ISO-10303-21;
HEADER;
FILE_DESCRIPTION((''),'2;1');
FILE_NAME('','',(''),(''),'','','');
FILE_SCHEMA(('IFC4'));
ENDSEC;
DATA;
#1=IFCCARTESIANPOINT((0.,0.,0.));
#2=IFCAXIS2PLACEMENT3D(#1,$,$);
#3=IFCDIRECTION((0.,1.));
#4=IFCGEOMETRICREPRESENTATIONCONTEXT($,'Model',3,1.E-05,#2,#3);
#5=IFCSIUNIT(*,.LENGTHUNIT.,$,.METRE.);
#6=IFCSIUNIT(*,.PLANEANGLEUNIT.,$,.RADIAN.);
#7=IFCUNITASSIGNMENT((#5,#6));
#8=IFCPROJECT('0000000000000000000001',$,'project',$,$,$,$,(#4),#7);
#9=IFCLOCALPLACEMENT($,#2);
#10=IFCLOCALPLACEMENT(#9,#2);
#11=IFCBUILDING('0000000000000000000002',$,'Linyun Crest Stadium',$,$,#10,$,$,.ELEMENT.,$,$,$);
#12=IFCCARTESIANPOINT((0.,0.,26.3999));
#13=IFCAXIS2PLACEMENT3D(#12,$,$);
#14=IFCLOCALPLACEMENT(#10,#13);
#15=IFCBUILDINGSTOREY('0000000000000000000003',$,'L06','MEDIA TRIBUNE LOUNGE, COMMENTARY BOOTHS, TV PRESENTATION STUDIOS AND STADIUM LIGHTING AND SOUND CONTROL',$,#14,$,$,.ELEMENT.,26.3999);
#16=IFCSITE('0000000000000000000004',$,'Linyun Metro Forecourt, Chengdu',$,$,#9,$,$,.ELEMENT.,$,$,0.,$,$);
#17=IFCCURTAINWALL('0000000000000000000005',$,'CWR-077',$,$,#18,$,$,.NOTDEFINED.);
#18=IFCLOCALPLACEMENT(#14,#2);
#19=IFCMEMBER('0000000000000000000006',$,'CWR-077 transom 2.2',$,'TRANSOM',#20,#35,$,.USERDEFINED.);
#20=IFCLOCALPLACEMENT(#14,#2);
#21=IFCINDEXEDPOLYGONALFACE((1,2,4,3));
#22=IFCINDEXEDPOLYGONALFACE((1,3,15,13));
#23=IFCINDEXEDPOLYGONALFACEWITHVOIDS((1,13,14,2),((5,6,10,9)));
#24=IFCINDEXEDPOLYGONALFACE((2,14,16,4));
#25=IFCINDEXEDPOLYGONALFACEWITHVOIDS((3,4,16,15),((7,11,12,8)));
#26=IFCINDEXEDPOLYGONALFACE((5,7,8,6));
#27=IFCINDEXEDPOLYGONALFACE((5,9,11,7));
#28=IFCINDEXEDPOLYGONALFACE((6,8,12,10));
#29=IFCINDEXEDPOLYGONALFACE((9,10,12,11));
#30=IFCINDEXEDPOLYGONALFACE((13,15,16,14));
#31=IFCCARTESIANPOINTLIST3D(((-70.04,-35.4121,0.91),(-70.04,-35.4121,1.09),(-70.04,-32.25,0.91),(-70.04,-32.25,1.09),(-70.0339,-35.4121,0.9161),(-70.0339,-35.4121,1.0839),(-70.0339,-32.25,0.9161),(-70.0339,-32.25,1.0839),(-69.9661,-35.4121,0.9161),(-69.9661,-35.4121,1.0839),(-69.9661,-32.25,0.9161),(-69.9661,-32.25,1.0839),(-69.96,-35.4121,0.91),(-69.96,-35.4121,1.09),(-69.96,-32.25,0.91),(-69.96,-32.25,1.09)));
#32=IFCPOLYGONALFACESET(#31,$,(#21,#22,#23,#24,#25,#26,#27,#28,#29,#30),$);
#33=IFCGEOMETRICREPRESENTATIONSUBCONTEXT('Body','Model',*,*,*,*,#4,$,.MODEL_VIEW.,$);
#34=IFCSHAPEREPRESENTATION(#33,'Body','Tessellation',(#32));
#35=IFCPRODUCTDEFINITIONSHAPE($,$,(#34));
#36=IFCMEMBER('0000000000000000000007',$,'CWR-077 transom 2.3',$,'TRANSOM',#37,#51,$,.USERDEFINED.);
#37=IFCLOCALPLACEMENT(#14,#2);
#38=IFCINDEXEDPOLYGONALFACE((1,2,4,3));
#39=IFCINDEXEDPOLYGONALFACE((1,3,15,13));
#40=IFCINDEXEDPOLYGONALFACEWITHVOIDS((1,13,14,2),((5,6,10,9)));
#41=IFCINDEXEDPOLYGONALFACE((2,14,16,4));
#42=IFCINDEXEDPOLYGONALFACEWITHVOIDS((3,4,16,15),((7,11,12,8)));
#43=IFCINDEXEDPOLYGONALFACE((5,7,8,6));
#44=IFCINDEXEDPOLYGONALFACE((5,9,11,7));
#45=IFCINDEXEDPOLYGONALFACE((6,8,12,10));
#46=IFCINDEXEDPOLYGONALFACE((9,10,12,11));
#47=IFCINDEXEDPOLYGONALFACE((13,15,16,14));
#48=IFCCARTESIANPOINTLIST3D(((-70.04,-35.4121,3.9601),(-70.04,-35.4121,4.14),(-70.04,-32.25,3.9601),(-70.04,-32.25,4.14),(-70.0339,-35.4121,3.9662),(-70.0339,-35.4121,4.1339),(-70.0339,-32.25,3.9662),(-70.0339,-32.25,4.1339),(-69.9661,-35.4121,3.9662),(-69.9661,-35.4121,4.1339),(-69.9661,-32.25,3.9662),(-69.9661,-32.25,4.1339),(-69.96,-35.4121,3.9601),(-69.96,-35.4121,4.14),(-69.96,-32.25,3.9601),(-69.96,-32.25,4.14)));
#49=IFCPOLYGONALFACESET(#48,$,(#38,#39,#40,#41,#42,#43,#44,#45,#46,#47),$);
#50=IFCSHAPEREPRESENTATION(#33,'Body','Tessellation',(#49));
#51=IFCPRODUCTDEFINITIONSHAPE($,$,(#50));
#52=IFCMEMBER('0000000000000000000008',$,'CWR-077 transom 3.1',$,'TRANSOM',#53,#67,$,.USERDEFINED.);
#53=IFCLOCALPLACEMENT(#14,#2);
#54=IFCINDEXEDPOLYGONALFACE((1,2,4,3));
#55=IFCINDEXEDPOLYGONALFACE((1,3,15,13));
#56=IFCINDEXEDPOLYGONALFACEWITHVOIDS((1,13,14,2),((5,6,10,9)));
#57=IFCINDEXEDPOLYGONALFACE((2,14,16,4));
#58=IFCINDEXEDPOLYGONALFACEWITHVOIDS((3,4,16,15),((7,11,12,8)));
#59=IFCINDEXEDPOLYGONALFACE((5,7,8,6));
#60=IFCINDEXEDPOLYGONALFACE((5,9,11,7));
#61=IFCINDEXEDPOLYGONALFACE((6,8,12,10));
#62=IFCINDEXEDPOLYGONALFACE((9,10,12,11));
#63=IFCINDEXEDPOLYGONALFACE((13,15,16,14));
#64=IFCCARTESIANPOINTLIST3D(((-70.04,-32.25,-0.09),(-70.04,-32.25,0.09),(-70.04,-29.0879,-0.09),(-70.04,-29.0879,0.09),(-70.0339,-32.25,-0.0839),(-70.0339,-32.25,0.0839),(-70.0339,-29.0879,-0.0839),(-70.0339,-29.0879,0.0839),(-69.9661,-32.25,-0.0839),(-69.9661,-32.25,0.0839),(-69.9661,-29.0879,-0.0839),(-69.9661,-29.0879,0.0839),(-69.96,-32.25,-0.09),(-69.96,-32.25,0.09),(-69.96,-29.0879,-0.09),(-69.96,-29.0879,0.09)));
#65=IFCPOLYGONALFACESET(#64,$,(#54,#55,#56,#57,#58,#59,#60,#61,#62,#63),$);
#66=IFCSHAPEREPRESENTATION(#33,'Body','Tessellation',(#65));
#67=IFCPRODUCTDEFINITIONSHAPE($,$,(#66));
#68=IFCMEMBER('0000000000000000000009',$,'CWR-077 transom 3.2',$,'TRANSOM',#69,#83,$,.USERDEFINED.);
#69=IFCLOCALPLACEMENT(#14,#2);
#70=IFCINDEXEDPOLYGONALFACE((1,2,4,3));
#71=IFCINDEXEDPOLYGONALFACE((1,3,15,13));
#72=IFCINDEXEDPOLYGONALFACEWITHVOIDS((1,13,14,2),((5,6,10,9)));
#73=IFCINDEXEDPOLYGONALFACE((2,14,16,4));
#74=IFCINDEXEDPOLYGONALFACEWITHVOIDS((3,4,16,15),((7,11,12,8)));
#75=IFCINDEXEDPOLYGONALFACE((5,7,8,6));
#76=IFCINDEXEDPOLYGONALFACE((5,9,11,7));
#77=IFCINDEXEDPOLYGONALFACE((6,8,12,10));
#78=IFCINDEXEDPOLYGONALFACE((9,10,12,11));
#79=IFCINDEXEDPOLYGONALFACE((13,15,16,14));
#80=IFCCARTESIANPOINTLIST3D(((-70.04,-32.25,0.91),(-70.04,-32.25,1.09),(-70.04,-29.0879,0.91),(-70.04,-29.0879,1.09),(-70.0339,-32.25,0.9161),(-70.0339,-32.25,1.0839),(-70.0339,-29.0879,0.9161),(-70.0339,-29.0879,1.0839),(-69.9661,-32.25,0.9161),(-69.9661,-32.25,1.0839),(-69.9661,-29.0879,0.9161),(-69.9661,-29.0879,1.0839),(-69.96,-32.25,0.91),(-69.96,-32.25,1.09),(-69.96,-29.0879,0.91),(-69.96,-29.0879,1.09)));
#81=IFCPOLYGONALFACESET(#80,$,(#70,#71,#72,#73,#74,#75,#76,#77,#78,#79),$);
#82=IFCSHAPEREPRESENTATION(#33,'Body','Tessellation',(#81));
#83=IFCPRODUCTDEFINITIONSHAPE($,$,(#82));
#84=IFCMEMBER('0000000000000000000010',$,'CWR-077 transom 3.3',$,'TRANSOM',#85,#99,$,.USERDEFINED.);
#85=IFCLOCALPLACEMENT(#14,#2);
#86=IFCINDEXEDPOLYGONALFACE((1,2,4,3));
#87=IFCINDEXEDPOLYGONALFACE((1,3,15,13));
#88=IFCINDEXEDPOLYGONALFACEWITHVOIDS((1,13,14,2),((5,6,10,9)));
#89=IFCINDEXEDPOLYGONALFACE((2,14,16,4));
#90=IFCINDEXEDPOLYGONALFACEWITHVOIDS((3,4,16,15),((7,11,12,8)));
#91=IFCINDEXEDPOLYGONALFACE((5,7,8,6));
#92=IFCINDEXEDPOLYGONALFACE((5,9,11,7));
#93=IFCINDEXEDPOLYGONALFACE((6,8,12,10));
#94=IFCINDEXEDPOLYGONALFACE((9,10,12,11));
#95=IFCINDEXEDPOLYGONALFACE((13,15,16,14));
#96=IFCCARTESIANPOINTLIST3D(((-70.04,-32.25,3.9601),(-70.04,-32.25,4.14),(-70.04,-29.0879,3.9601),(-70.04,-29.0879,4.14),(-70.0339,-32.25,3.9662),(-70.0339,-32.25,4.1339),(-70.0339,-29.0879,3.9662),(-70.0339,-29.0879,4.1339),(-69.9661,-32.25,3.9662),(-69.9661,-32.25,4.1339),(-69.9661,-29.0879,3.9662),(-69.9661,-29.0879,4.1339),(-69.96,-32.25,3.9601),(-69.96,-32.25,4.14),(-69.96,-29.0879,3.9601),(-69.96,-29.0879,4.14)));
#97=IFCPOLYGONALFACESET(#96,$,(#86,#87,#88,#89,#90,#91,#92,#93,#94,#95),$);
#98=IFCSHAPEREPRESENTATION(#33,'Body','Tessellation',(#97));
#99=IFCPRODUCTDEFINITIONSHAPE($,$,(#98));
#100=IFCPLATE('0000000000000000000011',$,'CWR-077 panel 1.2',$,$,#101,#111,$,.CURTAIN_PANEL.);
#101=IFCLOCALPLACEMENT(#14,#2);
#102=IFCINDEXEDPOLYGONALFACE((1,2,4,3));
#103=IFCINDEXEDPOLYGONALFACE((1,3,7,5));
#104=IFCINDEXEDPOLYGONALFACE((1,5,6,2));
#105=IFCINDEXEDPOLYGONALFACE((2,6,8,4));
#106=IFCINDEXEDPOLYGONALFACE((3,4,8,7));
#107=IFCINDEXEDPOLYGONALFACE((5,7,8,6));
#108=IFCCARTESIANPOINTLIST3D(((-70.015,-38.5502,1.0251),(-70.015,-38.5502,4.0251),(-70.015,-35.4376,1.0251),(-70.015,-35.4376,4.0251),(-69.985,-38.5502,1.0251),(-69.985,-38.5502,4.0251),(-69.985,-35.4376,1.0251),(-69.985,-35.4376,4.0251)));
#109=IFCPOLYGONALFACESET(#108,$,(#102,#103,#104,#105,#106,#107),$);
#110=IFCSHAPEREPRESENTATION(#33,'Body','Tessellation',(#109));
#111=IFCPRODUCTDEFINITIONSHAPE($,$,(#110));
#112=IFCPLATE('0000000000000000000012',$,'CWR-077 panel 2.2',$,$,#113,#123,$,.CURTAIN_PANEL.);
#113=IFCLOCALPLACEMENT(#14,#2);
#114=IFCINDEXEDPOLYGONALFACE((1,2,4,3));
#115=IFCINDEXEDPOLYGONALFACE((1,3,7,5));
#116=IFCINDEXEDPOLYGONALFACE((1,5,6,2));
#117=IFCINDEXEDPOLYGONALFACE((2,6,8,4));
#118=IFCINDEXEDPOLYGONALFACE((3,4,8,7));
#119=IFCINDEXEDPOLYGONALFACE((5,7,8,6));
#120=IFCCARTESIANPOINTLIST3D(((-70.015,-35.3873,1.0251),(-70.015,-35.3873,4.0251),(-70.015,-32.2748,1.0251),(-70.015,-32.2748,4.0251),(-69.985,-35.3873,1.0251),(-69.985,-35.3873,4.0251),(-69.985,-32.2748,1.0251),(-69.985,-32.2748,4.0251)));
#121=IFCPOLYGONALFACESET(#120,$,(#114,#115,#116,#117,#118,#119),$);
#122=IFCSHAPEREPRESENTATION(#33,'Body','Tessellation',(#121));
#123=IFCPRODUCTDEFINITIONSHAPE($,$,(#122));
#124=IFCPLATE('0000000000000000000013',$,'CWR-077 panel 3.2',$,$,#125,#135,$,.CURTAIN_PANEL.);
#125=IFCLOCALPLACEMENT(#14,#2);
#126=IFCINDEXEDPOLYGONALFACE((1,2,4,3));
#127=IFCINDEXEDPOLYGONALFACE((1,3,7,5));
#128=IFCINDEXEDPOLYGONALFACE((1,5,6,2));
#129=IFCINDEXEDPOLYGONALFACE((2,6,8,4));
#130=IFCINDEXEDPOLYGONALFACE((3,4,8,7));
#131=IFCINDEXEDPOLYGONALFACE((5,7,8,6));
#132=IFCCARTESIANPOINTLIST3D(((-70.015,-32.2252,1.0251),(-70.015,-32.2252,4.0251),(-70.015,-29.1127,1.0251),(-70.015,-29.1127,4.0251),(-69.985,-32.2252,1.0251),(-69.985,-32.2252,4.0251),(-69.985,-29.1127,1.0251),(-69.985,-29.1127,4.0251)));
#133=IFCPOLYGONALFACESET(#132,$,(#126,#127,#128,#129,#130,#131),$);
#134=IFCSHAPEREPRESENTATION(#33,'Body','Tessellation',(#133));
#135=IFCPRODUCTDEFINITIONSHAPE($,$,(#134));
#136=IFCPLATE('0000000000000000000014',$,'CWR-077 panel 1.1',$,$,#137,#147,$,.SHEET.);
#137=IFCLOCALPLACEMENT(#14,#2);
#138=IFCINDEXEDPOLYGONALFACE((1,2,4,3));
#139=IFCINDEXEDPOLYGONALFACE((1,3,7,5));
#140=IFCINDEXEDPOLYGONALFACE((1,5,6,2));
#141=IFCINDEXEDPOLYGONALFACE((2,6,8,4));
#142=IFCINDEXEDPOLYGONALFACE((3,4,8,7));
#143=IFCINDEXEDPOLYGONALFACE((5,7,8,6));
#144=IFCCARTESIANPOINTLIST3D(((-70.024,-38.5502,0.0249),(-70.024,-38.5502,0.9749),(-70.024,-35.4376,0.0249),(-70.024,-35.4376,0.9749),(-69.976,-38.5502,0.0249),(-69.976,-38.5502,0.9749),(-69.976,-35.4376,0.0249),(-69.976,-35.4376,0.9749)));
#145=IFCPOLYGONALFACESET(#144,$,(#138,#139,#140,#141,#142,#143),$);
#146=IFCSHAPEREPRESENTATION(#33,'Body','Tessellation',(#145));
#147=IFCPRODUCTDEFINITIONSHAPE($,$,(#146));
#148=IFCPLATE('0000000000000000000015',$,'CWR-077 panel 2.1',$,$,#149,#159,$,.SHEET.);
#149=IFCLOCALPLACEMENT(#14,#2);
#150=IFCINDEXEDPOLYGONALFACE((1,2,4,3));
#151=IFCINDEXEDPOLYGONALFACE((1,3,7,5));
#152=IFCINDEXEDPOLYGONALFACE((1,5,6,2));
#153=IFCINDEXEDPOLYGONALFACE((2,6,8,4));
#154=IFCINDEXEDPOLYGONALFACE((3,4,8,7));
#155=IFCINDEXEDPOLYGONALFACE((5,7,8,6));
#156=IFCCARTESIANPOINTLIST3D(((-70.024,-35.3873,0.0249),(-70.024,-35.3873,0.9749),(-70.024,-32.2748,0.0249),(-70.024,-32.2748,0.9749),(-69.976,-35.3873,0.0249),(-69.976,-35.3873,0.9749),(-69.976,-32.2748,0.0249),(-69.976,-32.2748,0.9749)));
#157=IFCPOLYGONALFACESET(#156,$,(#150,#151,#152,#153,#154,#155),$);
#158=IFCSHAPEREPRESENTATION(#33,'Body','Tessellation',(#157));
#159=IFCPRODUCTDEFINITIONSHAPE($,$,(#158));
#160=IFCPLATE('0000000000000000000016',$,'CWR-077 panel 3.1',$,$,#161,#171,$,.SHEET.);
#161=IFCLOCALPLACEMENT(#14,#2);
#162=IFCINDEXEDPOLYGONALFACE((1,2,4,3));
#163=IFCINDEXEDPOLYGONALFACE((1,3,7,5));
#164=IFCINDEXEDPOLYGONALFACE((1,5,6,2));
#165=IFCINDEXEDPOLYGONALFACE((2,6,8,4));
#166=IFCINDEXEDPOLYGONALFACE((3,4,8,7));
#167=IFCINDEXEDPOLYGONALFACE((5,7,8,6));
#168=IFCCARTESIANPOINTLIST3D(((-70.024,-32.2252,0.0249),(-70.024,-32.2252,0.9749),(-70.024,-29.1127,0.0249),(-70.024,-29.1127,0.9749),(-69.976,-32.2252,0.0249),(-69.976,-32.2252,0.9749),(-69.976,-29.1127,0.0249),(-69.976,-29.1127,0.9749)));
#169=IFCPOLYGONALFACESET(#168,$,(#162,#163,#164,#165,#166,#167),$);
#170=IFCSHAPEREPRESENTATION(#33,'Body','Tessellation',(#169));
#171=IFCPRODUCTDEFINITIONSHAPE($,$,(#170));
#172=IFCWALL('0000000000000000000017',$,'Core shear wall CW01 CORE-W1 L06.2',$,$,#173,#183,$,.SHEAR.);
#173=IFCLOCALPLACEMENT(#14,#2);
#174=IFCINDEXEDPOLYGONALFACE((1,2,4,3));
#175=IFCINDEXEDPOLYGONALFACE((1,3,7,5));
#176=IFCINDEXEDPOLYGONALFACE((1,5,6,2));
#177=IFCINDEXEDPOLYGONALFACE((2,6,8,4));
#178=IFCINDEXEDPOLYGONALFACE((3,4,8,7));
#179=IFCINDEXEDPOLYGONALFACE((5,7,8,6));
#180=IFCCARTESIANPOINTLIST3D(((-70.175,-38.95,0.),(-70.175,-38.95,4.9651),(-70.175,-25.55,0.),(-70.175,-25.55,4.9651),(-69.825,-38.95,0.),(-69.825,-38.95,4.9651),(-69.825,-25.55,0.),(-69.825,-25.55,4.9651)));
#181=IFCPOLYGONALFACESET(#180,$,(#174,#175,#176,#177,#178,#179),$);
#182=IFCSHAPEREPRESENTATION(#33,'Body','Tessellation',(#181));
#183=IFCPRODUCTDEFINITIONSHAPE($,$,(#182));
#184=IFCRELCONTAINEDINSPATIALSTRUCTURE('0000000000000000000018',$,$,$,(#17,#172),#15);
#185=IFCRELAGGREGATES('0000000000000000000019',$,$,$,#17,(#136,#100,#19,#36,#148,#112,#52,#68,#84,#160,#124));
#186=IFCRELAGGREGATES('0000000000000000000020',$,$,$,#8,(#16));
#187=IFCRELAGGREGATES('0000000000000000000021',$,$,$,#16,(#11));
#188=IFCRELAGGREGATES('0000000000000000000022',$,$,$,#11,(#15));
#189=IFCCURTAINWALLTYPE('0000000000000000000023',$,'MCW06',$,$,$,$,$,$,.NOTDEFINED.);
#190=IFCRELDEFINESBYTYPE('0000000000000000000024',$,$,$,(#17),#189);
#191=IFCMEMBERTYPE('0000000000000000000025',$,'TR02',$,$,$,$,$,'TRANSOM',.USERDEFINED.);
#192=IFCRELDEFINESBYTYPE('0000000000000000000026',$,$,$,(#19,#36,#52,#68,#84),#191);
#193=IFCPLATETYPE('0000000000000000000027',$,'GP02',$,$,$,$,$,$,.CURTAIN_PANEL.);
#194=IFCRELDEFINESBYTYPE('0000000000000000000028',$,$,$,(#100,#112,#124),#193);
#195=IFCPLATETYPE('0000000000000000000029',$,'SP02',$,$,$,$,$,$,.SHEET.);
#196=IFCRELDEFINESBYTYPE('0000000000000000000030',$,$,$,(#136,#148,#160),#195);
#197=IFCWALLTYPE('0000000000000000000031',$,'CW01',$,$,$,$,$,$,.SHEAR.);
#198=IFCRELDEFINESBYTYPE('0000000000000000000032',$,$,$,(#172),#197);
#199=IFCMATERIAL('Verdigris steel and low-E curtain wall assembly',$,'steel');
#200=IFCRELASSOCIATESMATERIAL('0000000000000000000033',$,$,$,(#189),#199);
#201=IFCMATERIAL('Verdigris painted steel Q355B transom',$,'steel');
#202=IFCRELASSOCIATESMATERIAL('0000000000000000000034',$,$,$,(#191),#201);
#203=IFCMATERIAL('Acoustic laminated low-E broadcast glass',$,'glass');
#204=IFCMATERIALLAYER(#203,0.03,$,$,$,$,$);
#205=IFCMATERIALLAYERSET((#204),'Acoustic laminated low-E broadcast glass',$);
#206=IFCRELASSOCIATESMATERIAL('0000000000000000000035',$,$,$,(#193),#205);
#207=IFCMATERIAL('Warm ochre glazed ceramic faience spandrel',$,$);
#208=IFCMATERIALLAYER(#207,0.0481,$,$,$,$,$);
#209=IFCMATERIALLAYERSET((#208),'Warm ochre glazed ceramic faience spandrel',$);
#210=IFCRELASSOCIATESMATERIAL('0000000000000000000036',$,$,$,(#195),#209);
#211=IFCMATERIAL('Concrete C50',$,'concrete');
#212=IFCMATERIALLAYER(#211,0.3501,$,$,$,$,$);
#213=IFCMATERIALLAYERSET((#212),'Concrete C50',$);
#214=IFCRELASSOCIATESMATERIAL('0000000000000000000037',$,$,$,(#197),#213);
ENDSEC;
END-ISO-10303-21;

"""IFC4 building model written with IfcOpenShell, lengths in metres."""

from ifc_helpers import new_model, si_unit, direction, frame, frame_2d, origin, origin_2d, place, context, subcontext, project, spatial, rectangle, hollow_rectangle, extrude, material, layer, layer_set, material_profile, profile_set, type_object, element, aggregate, save


model = new_model("IFC4")

# Units and contexts
model_context = context("Model", 3, precision=1e-05, world=origin(), true_north=direction((0.0, 1.0)))
body_context = subcontext(model_context, "Body", "Model", "MODEL_VIEW")
ifc_project = project(units=[si_unit("LENGTHUNIT", "METRE"), si_unit("PLANEANGLEUNIT", "RADIAN")], contexts=[model_context])

# Site, building, storey
site_placement = place(None, origin())
site = spatial("IfcSite", under=ifc_project, at=site_placement, Name="Linyun Metro Forecourt, Chengdu", CompositionType="ELEMENT", RefElevation=0.0)
building_placement = place(site_placement, origin())
building = spatial("IfcBuilding", under=site, at=building_placement, Name="Linyun Crest Stadium", CompositionType="ELEMENT")
storey_placement = place(building_placement, frame((0.0, 0.0, 26.3999)))
storey = spatial("IfcBuildingStorey", under=building, at=storey_placement, Name="L06", Description="MEDIA TRIBUNE LOUNGE, COMMENTARY BOOTHS, TV PRESENTATION STUDIOS AND STADIUM LIGHTING AND SOUND CONTROL", CompositionType="ELEMENT", Elevation=26.3999)

# Curtain wall
ifc_material_1 = material(Name="Verdigris steel and low-E curtain wall assembly", Category="steel")
curtain_wall_type = type_object("IfcCurtainWallType", Name="MCW06", PredefinedType="NOTDEFINED", material=ifc_material_1)
curtain_wall_placement = place(storey_placement, origin())
curtain_wall = element("IfcCurtainWall", 1, at=curtain_wall_placement, inside=storey, type_object=curtain_wall_type, Name="CWR-077", PredefinedType="NOTDEFINED")

# Members
ifc_material_2 = material(Name="Verdigris painted steel Q355B transom", Category="steel")
ifc_material_profile_1 = material_profile(ifc_material_2, hollow_rectangle(XDim=0.0801, YDim=0.1799, WallThickness=0.0061, at=origin_2d()), Name="RHS 180x80x6")
ifc_profile_set_1 = profile_set([ifc_material_profile_1], Name="Verdigris painted steel Q355B transom")
member_type_1 = type_object("IfcMemberType", Name="TR02", ElementType="TRANSOM", PredefinedType="USERDEFINED", material=ifc_profile_set_1)
member_1_placement = place(storey_placement, frame((-70.0, -35.4121, 1.0), z_axis=(0.0, 1.0, 0.0), x_axis=(-1.0, 0.0, 0.0)))
member_1 = element("IfcMember", 2, at=member_1_placement, type_object=member_type_1, Name="CWR-077 transom 2.2", ObjectType="TRANSOM", PredefinedType="USERDEFINED", context=body_context, shape_type="SweptSolid", body=[
    extrude(hollow_rectangle(XDim=0.0801, YDim=0.1799, WallThickness=0.0061, at=origin_2d()), origin(), (0.0, 0.0, 1.0), 3.1621),
])
member_2_placement = place(storey_placement, frame((-70.0, -35.4121, 4.05), z_axis=(0.0, 1.0, 0.0), x_axis=(-1.0, 0.0, 0.0)))
member_2 = element("IfcMember", 3, at=member_2_placement, type_object=member_type_1, Name="CWR-077 transom 2.3", ObjectType="TRANSOM", PredefinedType="USERDEFINED", context=body_context, shape_type="SweptSolid", body=[
    extrude(hollow_rectangle(XDim=0.0801, YDim=0.1799, WallThickness=0.0061, at=origin_2d()), origin(), (0.0, 0.0, 1.0), 3.1621),
])
member_3_placement = place(storey_placement, frame((-70.0, -32.25, 0.0), z_axis=(0.0, 1.0, 0.0), x_axis=(-1.0, 0.0, 0.0)))
member_3 = element("IfcMember", 4, at=member_3_placement, type_object=member_type_1, Name="CWR-077 transom 3.1", ObjectType="TRANSOM", PredefinedType="USERDEFINED", context=body_context, shape_type="SweptSolid", body=[
    extrude(hollow_rectangle(XDim=0.0801, YDim=0.1799, WallThickness=0.0061, at=origin_2d()), origin(), (0.0, 0.0, 1.0), 3.1621),
])
member_4_placement = place(storey_placement, frame((-70.0, -32.25, 1.0), z_axis=(0.0, 1.0, 0.0), x_axis=(-1.0, 0.0, 0.0)))
member_4 = element("IfcMember", 5, at=member_4_placement, type_object=member_type_1, Name="CWR-077 transom 3.2", ObjectType="TRANSOM", PredefinedType="USERDEFINED", context=body_context, shape_type="SweptSolid", body=[
    extrude(hollow_rectangle(XDim=0.0801, YDim=0.1799, WallThickness=0.0061, at=origin_2d()), origin(), (0.0, 0.0, 1.0), 3.1621),
])
member_5_placement = place(storey_placement, frame((-70.0, -32.25, 4.05), z_axis=(0.0, 1.0, 0.0), x_axis=(-1.0, 0.0, 0.0)))
member_5 = element("IfcMember", 6, at=member_5_placement, type_object=member_type_1, Name="CWR-077 transom 3.3", ObjectType="TRANSOM", PredefinedType="USERDEFINED", context=body_context, shape_type="SweptSolid", body=[
    extrude(hollow_rectangle(XDim=0.0801, YDim=0.1799, WallThickness=0.0061, at=origin_2d()), origin(), (0.0, 0.0, 1.0), 3.1621),
])

# Plates
ifc_material_3 = material(Name="Acoustic laminated low-E broadcast glass", Category="glass")
ifc_layer_1 = layer(ifc_material_3, 0.03)
ifc_layer_set_1 = layer_set([ifc_layer_1], Name="Acoustic laminated low-E broadcast glass")
plate_type_1 = type_object("IfcPlateType", Name="GP02", PredefinedType="CURTAIN_PANEL", material=ifc_layer_set_1)
plate_1_placement = place(storey_placement, frame((-70.0, -36.9939, 1.0251), z_axis=(0.0, 0.0, 1.0), x_axis=(0.0, 1.0, 0.0)))
plate_1 = element("IfcPlate", 7, at=plate_1_placement, type_object=plate_type_1, Name="CWR-077 panel 1.2", PredefinedType="CURTAIN_PANEL", context=body_context, shape_type="SweptSolid", body=[
    extrude(rectangle(XDim=3.1125, YDim=0.03, at=origin_2d()), origin(), (0.0, 0.0, 1.0), 3.0),
])
plate_2_placement = place(storey_placement, frame((-70.0, -33.8311, 1.0251), z_axis=(0.0, 0.0, 1.0), x_axis=(0.0, 1.0, 0.0)))
plate_2 = element("IfcPlate", 8, at=plate_2_placement, type_object=plate_type_1, Name="CWR-077 panel 2.2", PredefinedType="CURTAIN_PANEL", context=body_context, shape_type="SweptSolid", body=[
    extrude(rectangle(XDim=3.1125, YDim=0.03, at=origin_2d()), origin(), (0.0, 0.0, 1.0), 3.0),
])
plate_3_placement = place(storey_placement, frame((-70.0, -30.6689, 1.0251), z_axis=(0.0, 0.0, 1.0), x_axis=(0.0, 1.0, 0.0)))
plate_3 = element("IfcPlate", 9, at=plate_3_placement, type_object=plate_type_1, Name="CWR-077 panel 3.2", PredefinedType="CURTAIN_PANEL", context=body_context, shape_type="SweptSolid", body=[
    extrude(rectangle(XDim=3.1125, YDim=0.03, at=origin_2d()), origin(), (0.0, 0.0, 1.0), 3.0),
])
ifc_material_4 = material(Name="Warm ochre glazed ceramic faience spandrel")
ifc_layer_2 = layer(ifc_material_4, 0.0481)
ifc_layer_set_2 = layer_set([ifc_layer_2], Name="Warm ochre glazed ceramic faience spandrel")
plate_type_2 = type_object("IfcPlateType", Name="SP02", PredefinedType="SHEET", material=ifc_layer_set_2)
plate_4_placement = place(storey_placement, frame((-70.0, -36.9939, 0.0249), z_axis=(0.0, 0.0, 1.0), x_axis=(0.0, 1.0, 0.0)))
plate_4 = element("IfcPlate", 10, at=plate_4_placement, type_object=plate_type_2, Name="CWR-077 panel 1.1", PredefinedType="SHEET", context=body_context, shape_type="SweptSolid", body=[
    extrude(rectangle(XDim=3.1125, YDim=0.0481, at=origin_2d()), origin(), (0.0, 0.0, 1.0), 0.95),
])
plate_5_placement = place(storey_placement, frame((-70.0, -33.8311, 0.0249), z_axis=(0.0, 0.0, 1.0), x_axis=(0.0, 1.0, 0.0)))
plate_5 = element("IfcPlate", 11, at=plate_5_placement, type_object=plate_type_2, Name="CWR-077 panel 2.1", PredefinedType="SHEET", context=body_context, shape_type="SweptSolid", body=[
    extrude(rectangle(XDim=3.1125, YDim=0.0481, at=origin_2d()), origin(), (0.0, 0.0, 1.0), 0.95),
])
plate_6_placement = place(storey_placement, frame((-70.0, -30.6689, 0.0249), z_axis=(0.0, 0.0, 1.0), x_axis=(0.0, 1.0, 0.0)))
plate_6 = element("IfcPlate", 12, at=plate_6_placement, type_object=plate_type_2, Name="CWR-077 panel 3.1", PredefinedType="SHEET", context=body_context, shape_type="SweptSolid", body=[
    extrude(rectangle(XDim=3.1125, YDim=0.0481, at=origin_2d()), origin(), (0.0, 0.0, 1.0), 0.95),
])
aggregate(curtain_wall, [plate_4, plate_1, member_1, member_2, plate_5, plate_2, member_3, member_4, member_5, plate_6, plate_3])

# Wall
ifc_material_5 = material(Name="Concrete C50", Category="concrete")
ifc_layer_3 = layer(ifc_material_5, 0.3501)
ifc_layer_set_3 = layer_set([ifc_layer_3], Name="Concrete C50")
wall_type_1 = type_object("IfcWallType", Name="CW01", PredefinedType="SHEAR", material=ifc_layer_set_3)
wall_1_placement = place(storey_placement, frame((-70.0, -38.95, 0.0), z_axis=(0.0, 0.0, 1.0), x_axis=(0.0, 1.0, 0.0)))
element("IfcWall", 13, at=wall_1_placement, inside=storey, type_object=wall_type_1, Name="Core shear wall CW01 CORE-W1 L06.2", PredefinedType="SHEAR", context=body_context, shape_type="SweptSolid", body=[
    extrude(rectangle(XDim=13.3999, YDim=0.3501, at=frame_2d((6.7, 0.0))), origin(), (0.0, 0.0, 1.0), 4.9651),
])

save(model, "model.ifc")
